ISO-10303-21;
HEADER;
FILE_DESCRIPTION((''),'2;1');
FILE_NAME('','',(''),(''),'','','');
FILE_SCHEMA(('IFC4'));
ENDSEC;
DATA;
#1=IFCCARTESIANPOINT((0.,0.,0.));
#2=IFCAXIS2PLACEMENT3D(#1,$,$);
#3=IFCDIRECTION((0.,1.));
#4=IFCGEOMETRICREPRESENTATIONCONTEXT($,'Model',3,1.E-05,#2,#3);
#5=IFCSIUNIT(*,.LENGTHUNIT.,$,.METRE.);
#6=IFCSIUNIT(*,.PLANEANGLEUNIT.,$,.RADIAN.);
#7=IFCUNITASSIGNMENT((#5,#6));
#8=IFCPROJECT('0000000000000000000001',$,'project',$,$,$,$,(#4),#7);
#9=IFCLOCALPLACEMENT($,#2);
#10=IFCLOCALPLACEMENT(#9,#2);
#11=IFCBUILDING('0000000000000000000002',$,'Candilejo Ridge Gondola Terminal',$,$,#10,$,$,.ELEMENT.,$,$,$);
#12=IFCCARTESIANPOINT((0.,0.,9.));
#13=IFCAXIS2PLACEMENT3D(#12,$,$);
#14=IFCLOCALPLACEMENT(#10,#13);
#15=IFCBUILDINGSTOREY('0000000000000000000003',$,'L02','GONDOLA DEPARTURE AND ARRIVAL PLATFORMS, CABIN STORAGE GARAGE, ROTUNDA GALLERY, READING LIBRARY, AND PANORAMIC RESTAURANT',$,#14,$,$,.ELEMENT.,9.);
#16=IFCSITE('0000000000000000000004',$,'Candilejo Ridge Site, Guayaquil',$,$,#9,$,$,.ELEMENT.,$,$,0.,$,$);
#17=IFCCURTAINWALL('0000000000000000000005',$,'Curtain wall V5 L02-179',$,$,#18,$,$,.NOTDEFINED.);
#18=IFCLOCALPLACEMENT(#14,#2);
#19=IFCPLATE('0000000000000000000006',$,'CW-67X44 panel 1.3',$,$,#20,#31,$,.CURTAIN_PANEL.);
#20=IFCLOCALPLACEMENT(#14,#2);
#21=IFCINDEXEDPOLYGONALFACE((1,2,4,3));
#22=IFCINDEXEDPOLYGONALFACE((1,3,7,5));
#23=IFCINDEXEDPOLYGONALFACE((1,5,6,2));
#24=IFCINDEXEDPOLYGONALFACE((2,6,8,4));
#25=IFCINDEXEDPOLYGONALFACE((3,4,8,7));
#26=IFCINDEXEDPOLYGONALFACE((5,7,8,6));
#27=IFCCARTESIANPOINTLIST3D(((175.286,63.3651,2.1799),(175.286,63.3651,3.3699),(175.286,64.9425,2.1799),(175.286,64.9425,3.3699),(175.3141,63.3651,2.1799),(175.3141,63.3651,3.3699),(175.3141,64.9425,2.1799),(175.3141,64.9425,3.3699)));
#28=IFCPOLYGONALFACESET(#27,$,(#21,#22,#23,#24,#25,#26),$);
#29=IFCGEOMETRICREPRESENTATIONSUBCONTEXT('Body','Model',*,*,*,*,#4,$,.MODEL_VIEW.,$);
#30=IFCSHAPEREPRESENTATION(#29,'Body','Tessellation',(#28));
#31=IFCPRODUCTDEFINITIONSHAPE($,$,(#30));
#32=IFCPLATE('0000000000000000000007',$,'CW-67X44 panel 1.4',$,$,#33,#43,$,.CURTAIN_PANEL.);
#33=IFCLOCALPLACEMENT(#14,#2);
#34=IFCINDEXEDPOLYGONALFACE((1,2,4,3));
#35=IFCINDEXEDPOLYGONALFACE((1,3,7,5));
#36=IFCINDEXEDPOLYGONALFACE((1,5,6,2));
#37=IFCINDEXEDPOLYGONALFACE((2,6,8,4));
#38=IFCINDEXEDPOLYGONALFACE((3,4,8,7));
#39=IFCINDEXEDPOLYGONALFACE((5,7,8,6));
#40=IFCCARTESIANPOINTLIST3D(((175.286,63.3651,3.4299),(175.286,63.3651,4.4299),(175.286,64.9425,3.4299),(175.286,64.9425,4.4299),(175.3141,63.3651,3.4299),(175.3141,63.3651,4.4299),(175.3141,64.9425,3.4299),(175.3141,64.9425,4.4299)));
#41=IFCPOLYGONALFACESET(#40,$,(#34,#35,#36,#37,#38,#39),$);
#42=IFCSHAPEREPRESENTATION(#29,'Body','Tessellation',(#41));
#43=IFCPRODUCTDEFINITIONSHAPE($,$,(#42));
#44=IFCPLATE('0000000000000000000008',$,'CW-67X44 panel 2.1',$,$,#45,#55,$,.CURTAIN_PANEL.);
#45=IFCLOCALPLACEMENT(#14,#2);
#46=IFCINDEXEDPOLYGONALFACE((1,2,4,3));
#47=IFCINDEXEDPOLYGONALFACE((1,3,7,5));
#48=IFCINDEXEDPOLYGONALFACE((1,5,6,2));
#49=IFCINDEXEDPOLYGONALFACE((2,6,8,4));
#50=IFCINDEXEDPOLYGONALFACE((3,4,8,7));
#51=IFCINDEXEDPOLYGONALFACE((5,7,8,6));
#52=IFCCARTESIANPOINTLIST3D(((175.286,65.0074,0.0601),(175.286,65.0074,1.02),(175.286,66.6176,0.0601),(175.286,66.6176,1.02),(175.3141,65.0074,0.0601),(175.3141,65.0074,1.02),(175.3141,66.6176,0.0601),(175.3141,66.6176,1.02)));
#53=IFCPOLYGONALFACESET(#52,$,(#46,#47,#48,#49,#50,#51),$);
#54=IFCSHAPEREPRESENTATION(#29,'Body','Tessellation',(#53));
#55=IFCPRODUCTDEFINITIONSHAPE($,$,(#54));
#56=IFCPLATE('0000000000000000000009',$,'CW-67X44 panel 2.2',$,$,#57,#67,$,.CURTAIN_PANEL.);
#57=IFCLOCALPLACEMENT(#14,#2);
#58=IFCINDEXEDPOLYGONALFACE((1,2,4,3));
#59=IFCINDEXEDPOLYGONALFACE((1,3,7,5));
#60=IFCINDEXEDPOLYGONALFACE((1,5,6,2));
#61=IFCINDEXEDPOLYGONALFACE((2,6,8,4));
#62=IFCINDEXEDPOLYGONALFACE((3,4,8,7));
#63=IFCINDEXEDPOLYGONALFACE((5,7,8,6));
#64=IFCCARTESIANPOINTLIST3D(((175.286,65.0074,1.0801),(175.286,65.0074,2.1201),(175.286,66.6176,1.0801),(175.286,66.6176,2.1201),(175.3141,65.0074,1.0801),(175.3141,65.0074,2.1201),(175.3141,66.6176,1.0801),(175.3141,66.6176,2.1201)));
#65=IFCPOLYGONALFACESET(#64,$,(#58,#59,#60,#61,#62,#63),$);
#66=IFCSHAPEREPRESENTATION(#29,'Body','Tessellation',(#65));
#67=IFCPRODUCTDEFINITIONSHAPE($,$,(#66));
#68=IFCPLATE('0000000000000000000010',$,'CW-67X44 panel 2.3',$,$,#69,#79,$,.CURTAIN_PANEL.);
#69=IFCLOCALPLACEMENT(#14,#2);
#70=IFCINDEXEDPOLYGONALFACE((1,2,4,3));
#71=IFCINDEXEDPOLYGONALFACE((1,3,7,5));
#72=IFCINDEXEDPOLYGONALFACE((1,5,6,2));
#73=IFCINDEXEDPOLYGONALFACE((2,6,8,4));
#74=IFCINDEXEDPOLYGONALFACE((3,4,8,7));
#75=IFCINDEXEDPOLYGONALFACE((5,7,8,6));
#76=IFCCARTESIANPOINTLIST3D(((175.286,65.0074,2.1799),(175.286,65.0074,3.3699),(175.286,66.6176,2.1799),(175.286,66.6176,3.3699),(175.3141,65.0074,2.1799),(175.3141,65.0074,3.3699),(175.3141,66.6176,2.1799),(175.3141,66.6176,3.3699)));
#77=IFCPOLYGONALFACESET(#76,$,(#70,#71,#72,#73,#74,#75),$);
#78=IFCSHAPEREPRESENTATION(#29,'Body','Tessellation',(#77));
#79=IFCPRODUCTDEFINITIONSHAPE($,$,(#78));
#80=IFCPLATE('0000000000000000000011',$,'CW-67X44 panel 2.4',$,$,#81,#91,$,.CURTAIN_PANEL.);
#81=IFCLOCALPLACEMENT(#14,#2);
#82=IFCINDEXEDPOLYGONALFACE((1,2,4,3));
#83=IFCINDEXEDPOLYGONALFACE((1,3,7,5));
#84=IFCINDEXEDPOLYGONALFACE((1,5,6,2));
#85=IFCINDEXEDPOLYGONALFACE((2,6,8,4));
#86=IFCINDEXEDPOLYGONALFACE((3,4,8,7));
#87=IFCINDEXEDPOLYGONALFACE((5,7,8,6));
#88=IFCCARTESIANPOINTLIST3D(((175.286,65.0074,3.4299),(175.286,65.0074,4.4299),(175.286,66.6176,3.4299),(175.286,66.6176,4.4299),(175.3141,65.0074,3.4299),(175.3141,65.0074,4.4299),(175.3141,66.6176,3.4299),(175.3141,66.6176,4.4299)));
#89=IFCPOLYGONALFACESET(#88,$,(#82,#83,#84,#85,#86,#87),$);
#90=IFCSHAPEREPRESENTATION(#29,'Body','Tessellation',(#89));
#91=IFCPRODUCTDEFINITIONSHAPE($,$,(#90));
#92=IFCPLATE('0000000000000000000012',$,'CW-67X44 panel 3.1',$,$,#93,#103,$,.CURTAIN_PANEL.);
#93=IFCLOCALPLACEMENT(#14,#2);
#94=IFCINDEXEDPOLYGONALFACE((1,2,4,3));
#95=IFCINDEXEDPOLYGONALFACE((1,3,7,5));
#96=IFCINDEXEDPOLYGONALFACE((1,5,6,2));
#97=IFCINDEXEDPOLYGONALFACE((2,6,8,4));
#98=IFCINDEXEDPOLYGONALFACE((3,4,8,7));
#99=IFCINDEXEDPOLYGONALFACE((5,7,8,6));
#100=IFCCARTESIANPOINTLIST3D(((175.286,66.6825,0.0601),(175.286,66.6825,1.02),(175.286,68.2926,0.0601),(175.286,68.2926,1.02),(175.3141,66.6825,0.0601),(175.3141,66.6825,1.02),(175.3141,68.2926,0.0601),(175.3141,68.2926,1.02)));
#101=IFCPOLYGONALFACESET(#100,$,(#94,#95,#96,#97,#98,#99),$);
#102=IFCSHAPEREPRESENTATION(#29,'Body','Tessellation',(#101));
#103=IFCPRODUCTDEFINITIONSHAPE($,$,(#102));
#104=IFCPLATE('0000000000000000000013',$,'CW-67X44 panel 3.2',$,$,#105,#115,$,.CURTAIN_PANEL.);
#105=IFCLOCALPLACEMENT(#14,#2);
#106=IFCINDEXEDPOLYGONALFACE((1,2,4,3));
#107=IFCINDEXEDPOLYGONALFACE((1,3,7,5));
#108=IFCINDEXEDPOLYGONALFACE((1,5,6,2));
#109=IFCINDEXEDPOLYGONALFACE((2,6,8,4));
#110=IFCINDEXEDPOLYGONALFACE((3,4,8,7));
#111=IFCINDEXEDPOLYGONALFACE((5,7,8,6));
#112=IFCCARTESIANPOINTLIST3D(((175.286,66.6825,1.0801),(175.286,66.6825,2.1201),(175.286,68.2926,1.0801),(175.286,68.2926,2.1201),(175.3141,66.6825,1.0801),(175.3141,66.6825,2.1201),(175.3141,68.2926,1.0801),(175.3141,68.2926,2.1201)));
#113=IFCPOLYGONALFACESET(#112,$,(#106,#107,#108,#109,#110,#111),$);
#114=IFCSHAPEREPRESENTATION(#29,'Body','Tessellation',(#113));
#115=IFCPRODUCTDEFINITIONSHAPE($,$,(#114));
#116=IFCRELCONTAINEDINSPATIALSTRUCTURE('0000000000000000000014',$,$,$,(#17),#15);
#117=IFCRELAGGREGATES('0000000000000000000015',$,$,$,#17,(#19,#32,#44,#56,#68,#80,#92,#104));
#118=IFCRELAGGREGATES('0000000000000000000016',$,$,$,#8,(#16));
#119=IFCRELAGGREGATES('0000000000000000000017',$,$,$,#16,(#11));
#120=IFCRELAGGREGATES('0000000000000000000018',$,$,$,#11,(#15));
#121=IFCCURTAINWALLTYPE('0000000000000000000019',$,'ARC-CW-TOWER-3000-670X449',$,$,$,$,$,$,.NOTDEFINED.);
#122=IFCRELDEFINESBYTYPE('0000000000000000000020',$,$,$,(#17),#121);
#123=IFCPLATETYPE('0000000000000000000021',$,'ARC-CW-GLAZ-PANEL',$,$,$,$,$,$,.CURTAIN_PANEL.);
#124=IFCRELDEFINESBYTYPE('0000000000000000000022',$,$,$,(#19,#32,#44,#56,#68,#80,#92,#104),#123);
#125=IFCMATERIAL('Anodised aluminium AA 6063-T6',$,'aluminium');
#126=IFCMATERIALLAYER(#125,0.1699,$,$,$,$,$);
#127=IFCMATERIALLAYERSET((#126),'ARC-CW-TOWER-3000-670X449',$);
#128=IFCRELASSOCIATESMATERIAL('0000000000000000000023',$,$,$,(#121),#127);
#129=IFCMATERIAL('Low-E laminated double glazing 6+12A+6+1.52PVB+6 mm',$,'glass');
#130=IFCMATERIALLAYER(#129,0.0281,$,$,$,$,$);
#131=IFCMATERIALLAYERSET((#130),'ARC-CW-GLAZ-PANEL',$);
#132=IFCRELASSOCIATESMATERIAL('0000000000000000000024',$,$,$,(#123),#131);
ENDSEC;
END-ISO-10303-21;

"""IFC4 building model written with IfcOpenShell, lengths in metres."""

from ifc_helpers import new_model, si_unit, direction, frame, origin, origin_2d, place, context, subcontext, project, spatial, rectangle, extrude, material, layer, layer_set, type_object, element, aggregate, save


model = new_model("IFC4")

# Units and contexts
model_context = context("Model", 3, precision=1e-05, world=origin(), true_north=direction((0.0, 1.0)))
body_context = subcontext(model_context, "Body", "Model", "MODEL_VIEW")
ifc_project = project(units=[si_unit("LENGTHUNIT", "METRE"), si_unit("PLANEANGLEUNIT", "RADIAN")], contexts=[model_context])

# Site, building, storey
site_placement = place(None, origin())
site = spatial("IfcSite", under=ifc_project, at=site_placement, Name="Candilejo Ridge Site, Guayaquil", CompositionType="ELEMENT", RefElevation=0.0)
building_placement = place(site_placement, origin())
building = spatial("IfcBuilding", under=site, at=building_placement, Name="Candilejo Ridge Gondola Terminal", CompositionType="ELEMENT")
storey_placement = place(building_placement, frame((0.0, 0.0, 9.0)))
storey = spatial("IfcBuildingStorey", under=building, at=storey_placement, Name="L02", Description="GONDOLA DEPARTURE AND ARRIVAL PLATFORMS, CABIN STORAGE GARAGE, ROTUNDA GALLERY, READING LIBRARY, AND PANORAMIC RESTAURANT", CompositionType="ELEMENT", Elevation=9.0)

# Shared definitions
ifc_material_1 = material(Name="Anodised aluminium AA 6063-T6", Category="aluminium")
ifc_layer_1 = layer(ifc_material_1, 0.1699)
ifc_layer_set_1 = layer_set([ifc_layer_1], Name="ARC-CW-TOWER-3000-670X449")
curtain_wall_type = type_object("IfcCurtainWallType", Name="ARC-CW-TOWER-3000-670X449", PredefinedType="NOTDEFINED", material=ifc_layer_set_1)

# Curtain wall
curtain_wall_1_placement = place(storey_placement, origin())
curtain_wall_1 = element("IfcCurtainWall", 1, at=curtain_wall_1_placement, inside=storey, type_object=curtain_wall_type, Name="Curtain wall V5 L02-179", PredefinedType="NOTDEFINED")

# Plates
ifc_material_2 = material(Name="Low-E laminated double glazing 6+12A+6+1.52PVB+6 mm", Category="glass")
ifc_layer_2 = layer(ifc_material_2, 0.0281)
ifc_layer_set_2 = layer_set([ifc_layer_2], Name="ARC-CW-GLAZ-PANEL")
plate_type = type_object("IfcPlateType", Name="ARC-CW-GLAZ-PANEL", PredefinedType="CURTAIN_PANEL", material=ifc_layer_set_2)
plate_1_placement = place(storey_placement, frame((175.3, 64.1538, 2.1799), z_axis=(0.0, 0.0, 1.0), x_axis=(0.0, 1.0, 0.0)))
plate_1 = element("IfcPlate", 2, at=plate_1_placement, type_object=plate_type, Name="CW-67X44 panel 1.3", PredefinedType="CURTAIN_PANEL", context=body_context, shape_type="SweptSolid", body=[
    extrude(rectangle(XDim=1.5774, YDim=0.0281, at=origin_2d()), origin(), (0.0, 0.0, 1.0), 1.1899),
])
plate_2_placement = place(storey_placement, frame((175.3, 64.1538, 3.4299), z_axis=(0.0, 0.0, 1.0), x_axis=(0.0, 1.0, 0.0)))
plate_2 = element("IfcPlate", 3, at=plate_2_placement, type_object=plate_type, Name="CW-67X44 panel 1.4", PredefinedType="CURTAIN_PANEL", context=body_context, shape_type="SweptSolid", body=[
    extrude(rectangle(XDim=1.5774, YDim=0.0281, at=origin_2d()), origin(), (0.0, 0.0, 1.0), 1.0),
])
plate_3_placement = place(storey_placement, frame((175.3, 65.8125, 0.0601), z_axis=(0.0, 0.0, 1.0), x_axis=(0.0, 1.0, 0.0)))
plate_3 = element("IfcPlate", 4, at=plate_3_placement, type_object=plate_type, Name="CW-67X44 panel 2.1", PredefinedType="CURTAIN_PANEL", context=body_context, shape_type="SweptSolid", body=[
    extrude(rectangle(XDim=1.6101, YDim=0.0281, at=origin_2d()), origin(), (0.0, 0.0, 1.0), 0.96),
])
plate_4_placement = place(storey_placement, frame((175.3, 65.8125, 1.0801), z_axis=(0.0, 0.0, 1.0), x_axis=(0.0, 1.0, 0.0)))
plate_4 = element("IfcPlate", 5, at=plate_4_placement, type_object=plate_type, Name="CW-67X44 panel 2.2", PredefinedType="CURTAIN_PANEL", context=body_context, shape_type="SweptSolid", body=[
    extrude(rectangle(XDim=1.6101, YDim=0.0281, at=origin_2d()), origin(), (0.0, 0.0, 1.0), 1.04),
])
plate_5_placement = place(storey_placement, frame((175.3, 65.8125, 2.1799), z_axis=(0.0, 0.0, 1.0), x_axis=(0.0, 1.0, 0.0)))
plate_5 = element("IfcPlate", 6, at=plate_5_placement, type_object=plate_type, Name="CW-67X44 panel 2.3", PredefinedType="CURTAIN_PANEL", context=body_context, shape_type="SweptSolid", body=[
    extrude(rectangle(XDim=1.6101, YDim=0.0281, at=origin_2d()), origin(), (0.0, 0.0, 1.0), 1.1899),
])
plate_6_placement = place(storey_placement, frame((175.3, 65.8125, 3.4299), z_axis=(0.0, 0.0, 1.0), x_axis=(0.0, 1.0, 0.0)))
plate_6 = element("IfcPlate", 7, at=plate_6_placement, type_object=plate_type, Name="CW-67X44 panel 2.4", PredefinedType="CURTAIN_PANEL", context=body_context, shape_type="SweptSolid", body=[
    extrude(rectangle(XDim=1.6101, YDim=0.0281, at=origin_2d()), origin(), (0.0, 0.0, 1.0), 1.0),
])
plate_7_placement = place(storey_placement, frame((175.3, 67.4875, 0.0601), z_axis=(0.0, 0.0, 1.0), x_axis=(0.0, 1.0, 0.0)))
plate_7 = element("IfcPlate", 8, at=plate_7_placement, type_object=plate_type, Name="CW-67X44 panel 3.1", PredefinedType="CURTAIN_PANEL", context=body_context, shape_type="SweptSolid", body=[
    extrude(rectangle(XDim=1.6101, YDim=0.0281, at=origin_2d()), origin(), (0.0, 0.0, 1.0), 0.96),
])
plate_8_placement = place(storey_placement, frame((175.3, 67.4875, 1.0801), z_axis=(0.0, 0.0, 1.0), x_axis=(0.0, 1.0, 0.0)))
plate_8 = element("IfcPlate", 9, at=plate_8_placement, type_object=plate_type, Name="CW-67X44 panel 3.2", PredefinedType="CURTAIN_PANEL", context=body_context, shape_type="SweptSolid", body=[
    extrude(rectangle(XDim=1.6101, YDim=0.0281, at=origin_2d()), origin(), (0.0, 0.0, 1.0), 1.04),
])
aggregate(curtain_wall_1, [plate_1, plate_2, plate_3, plate_4, plate_5, plate_6, plate_7, plate_8])

save(model, "model.ifc")
